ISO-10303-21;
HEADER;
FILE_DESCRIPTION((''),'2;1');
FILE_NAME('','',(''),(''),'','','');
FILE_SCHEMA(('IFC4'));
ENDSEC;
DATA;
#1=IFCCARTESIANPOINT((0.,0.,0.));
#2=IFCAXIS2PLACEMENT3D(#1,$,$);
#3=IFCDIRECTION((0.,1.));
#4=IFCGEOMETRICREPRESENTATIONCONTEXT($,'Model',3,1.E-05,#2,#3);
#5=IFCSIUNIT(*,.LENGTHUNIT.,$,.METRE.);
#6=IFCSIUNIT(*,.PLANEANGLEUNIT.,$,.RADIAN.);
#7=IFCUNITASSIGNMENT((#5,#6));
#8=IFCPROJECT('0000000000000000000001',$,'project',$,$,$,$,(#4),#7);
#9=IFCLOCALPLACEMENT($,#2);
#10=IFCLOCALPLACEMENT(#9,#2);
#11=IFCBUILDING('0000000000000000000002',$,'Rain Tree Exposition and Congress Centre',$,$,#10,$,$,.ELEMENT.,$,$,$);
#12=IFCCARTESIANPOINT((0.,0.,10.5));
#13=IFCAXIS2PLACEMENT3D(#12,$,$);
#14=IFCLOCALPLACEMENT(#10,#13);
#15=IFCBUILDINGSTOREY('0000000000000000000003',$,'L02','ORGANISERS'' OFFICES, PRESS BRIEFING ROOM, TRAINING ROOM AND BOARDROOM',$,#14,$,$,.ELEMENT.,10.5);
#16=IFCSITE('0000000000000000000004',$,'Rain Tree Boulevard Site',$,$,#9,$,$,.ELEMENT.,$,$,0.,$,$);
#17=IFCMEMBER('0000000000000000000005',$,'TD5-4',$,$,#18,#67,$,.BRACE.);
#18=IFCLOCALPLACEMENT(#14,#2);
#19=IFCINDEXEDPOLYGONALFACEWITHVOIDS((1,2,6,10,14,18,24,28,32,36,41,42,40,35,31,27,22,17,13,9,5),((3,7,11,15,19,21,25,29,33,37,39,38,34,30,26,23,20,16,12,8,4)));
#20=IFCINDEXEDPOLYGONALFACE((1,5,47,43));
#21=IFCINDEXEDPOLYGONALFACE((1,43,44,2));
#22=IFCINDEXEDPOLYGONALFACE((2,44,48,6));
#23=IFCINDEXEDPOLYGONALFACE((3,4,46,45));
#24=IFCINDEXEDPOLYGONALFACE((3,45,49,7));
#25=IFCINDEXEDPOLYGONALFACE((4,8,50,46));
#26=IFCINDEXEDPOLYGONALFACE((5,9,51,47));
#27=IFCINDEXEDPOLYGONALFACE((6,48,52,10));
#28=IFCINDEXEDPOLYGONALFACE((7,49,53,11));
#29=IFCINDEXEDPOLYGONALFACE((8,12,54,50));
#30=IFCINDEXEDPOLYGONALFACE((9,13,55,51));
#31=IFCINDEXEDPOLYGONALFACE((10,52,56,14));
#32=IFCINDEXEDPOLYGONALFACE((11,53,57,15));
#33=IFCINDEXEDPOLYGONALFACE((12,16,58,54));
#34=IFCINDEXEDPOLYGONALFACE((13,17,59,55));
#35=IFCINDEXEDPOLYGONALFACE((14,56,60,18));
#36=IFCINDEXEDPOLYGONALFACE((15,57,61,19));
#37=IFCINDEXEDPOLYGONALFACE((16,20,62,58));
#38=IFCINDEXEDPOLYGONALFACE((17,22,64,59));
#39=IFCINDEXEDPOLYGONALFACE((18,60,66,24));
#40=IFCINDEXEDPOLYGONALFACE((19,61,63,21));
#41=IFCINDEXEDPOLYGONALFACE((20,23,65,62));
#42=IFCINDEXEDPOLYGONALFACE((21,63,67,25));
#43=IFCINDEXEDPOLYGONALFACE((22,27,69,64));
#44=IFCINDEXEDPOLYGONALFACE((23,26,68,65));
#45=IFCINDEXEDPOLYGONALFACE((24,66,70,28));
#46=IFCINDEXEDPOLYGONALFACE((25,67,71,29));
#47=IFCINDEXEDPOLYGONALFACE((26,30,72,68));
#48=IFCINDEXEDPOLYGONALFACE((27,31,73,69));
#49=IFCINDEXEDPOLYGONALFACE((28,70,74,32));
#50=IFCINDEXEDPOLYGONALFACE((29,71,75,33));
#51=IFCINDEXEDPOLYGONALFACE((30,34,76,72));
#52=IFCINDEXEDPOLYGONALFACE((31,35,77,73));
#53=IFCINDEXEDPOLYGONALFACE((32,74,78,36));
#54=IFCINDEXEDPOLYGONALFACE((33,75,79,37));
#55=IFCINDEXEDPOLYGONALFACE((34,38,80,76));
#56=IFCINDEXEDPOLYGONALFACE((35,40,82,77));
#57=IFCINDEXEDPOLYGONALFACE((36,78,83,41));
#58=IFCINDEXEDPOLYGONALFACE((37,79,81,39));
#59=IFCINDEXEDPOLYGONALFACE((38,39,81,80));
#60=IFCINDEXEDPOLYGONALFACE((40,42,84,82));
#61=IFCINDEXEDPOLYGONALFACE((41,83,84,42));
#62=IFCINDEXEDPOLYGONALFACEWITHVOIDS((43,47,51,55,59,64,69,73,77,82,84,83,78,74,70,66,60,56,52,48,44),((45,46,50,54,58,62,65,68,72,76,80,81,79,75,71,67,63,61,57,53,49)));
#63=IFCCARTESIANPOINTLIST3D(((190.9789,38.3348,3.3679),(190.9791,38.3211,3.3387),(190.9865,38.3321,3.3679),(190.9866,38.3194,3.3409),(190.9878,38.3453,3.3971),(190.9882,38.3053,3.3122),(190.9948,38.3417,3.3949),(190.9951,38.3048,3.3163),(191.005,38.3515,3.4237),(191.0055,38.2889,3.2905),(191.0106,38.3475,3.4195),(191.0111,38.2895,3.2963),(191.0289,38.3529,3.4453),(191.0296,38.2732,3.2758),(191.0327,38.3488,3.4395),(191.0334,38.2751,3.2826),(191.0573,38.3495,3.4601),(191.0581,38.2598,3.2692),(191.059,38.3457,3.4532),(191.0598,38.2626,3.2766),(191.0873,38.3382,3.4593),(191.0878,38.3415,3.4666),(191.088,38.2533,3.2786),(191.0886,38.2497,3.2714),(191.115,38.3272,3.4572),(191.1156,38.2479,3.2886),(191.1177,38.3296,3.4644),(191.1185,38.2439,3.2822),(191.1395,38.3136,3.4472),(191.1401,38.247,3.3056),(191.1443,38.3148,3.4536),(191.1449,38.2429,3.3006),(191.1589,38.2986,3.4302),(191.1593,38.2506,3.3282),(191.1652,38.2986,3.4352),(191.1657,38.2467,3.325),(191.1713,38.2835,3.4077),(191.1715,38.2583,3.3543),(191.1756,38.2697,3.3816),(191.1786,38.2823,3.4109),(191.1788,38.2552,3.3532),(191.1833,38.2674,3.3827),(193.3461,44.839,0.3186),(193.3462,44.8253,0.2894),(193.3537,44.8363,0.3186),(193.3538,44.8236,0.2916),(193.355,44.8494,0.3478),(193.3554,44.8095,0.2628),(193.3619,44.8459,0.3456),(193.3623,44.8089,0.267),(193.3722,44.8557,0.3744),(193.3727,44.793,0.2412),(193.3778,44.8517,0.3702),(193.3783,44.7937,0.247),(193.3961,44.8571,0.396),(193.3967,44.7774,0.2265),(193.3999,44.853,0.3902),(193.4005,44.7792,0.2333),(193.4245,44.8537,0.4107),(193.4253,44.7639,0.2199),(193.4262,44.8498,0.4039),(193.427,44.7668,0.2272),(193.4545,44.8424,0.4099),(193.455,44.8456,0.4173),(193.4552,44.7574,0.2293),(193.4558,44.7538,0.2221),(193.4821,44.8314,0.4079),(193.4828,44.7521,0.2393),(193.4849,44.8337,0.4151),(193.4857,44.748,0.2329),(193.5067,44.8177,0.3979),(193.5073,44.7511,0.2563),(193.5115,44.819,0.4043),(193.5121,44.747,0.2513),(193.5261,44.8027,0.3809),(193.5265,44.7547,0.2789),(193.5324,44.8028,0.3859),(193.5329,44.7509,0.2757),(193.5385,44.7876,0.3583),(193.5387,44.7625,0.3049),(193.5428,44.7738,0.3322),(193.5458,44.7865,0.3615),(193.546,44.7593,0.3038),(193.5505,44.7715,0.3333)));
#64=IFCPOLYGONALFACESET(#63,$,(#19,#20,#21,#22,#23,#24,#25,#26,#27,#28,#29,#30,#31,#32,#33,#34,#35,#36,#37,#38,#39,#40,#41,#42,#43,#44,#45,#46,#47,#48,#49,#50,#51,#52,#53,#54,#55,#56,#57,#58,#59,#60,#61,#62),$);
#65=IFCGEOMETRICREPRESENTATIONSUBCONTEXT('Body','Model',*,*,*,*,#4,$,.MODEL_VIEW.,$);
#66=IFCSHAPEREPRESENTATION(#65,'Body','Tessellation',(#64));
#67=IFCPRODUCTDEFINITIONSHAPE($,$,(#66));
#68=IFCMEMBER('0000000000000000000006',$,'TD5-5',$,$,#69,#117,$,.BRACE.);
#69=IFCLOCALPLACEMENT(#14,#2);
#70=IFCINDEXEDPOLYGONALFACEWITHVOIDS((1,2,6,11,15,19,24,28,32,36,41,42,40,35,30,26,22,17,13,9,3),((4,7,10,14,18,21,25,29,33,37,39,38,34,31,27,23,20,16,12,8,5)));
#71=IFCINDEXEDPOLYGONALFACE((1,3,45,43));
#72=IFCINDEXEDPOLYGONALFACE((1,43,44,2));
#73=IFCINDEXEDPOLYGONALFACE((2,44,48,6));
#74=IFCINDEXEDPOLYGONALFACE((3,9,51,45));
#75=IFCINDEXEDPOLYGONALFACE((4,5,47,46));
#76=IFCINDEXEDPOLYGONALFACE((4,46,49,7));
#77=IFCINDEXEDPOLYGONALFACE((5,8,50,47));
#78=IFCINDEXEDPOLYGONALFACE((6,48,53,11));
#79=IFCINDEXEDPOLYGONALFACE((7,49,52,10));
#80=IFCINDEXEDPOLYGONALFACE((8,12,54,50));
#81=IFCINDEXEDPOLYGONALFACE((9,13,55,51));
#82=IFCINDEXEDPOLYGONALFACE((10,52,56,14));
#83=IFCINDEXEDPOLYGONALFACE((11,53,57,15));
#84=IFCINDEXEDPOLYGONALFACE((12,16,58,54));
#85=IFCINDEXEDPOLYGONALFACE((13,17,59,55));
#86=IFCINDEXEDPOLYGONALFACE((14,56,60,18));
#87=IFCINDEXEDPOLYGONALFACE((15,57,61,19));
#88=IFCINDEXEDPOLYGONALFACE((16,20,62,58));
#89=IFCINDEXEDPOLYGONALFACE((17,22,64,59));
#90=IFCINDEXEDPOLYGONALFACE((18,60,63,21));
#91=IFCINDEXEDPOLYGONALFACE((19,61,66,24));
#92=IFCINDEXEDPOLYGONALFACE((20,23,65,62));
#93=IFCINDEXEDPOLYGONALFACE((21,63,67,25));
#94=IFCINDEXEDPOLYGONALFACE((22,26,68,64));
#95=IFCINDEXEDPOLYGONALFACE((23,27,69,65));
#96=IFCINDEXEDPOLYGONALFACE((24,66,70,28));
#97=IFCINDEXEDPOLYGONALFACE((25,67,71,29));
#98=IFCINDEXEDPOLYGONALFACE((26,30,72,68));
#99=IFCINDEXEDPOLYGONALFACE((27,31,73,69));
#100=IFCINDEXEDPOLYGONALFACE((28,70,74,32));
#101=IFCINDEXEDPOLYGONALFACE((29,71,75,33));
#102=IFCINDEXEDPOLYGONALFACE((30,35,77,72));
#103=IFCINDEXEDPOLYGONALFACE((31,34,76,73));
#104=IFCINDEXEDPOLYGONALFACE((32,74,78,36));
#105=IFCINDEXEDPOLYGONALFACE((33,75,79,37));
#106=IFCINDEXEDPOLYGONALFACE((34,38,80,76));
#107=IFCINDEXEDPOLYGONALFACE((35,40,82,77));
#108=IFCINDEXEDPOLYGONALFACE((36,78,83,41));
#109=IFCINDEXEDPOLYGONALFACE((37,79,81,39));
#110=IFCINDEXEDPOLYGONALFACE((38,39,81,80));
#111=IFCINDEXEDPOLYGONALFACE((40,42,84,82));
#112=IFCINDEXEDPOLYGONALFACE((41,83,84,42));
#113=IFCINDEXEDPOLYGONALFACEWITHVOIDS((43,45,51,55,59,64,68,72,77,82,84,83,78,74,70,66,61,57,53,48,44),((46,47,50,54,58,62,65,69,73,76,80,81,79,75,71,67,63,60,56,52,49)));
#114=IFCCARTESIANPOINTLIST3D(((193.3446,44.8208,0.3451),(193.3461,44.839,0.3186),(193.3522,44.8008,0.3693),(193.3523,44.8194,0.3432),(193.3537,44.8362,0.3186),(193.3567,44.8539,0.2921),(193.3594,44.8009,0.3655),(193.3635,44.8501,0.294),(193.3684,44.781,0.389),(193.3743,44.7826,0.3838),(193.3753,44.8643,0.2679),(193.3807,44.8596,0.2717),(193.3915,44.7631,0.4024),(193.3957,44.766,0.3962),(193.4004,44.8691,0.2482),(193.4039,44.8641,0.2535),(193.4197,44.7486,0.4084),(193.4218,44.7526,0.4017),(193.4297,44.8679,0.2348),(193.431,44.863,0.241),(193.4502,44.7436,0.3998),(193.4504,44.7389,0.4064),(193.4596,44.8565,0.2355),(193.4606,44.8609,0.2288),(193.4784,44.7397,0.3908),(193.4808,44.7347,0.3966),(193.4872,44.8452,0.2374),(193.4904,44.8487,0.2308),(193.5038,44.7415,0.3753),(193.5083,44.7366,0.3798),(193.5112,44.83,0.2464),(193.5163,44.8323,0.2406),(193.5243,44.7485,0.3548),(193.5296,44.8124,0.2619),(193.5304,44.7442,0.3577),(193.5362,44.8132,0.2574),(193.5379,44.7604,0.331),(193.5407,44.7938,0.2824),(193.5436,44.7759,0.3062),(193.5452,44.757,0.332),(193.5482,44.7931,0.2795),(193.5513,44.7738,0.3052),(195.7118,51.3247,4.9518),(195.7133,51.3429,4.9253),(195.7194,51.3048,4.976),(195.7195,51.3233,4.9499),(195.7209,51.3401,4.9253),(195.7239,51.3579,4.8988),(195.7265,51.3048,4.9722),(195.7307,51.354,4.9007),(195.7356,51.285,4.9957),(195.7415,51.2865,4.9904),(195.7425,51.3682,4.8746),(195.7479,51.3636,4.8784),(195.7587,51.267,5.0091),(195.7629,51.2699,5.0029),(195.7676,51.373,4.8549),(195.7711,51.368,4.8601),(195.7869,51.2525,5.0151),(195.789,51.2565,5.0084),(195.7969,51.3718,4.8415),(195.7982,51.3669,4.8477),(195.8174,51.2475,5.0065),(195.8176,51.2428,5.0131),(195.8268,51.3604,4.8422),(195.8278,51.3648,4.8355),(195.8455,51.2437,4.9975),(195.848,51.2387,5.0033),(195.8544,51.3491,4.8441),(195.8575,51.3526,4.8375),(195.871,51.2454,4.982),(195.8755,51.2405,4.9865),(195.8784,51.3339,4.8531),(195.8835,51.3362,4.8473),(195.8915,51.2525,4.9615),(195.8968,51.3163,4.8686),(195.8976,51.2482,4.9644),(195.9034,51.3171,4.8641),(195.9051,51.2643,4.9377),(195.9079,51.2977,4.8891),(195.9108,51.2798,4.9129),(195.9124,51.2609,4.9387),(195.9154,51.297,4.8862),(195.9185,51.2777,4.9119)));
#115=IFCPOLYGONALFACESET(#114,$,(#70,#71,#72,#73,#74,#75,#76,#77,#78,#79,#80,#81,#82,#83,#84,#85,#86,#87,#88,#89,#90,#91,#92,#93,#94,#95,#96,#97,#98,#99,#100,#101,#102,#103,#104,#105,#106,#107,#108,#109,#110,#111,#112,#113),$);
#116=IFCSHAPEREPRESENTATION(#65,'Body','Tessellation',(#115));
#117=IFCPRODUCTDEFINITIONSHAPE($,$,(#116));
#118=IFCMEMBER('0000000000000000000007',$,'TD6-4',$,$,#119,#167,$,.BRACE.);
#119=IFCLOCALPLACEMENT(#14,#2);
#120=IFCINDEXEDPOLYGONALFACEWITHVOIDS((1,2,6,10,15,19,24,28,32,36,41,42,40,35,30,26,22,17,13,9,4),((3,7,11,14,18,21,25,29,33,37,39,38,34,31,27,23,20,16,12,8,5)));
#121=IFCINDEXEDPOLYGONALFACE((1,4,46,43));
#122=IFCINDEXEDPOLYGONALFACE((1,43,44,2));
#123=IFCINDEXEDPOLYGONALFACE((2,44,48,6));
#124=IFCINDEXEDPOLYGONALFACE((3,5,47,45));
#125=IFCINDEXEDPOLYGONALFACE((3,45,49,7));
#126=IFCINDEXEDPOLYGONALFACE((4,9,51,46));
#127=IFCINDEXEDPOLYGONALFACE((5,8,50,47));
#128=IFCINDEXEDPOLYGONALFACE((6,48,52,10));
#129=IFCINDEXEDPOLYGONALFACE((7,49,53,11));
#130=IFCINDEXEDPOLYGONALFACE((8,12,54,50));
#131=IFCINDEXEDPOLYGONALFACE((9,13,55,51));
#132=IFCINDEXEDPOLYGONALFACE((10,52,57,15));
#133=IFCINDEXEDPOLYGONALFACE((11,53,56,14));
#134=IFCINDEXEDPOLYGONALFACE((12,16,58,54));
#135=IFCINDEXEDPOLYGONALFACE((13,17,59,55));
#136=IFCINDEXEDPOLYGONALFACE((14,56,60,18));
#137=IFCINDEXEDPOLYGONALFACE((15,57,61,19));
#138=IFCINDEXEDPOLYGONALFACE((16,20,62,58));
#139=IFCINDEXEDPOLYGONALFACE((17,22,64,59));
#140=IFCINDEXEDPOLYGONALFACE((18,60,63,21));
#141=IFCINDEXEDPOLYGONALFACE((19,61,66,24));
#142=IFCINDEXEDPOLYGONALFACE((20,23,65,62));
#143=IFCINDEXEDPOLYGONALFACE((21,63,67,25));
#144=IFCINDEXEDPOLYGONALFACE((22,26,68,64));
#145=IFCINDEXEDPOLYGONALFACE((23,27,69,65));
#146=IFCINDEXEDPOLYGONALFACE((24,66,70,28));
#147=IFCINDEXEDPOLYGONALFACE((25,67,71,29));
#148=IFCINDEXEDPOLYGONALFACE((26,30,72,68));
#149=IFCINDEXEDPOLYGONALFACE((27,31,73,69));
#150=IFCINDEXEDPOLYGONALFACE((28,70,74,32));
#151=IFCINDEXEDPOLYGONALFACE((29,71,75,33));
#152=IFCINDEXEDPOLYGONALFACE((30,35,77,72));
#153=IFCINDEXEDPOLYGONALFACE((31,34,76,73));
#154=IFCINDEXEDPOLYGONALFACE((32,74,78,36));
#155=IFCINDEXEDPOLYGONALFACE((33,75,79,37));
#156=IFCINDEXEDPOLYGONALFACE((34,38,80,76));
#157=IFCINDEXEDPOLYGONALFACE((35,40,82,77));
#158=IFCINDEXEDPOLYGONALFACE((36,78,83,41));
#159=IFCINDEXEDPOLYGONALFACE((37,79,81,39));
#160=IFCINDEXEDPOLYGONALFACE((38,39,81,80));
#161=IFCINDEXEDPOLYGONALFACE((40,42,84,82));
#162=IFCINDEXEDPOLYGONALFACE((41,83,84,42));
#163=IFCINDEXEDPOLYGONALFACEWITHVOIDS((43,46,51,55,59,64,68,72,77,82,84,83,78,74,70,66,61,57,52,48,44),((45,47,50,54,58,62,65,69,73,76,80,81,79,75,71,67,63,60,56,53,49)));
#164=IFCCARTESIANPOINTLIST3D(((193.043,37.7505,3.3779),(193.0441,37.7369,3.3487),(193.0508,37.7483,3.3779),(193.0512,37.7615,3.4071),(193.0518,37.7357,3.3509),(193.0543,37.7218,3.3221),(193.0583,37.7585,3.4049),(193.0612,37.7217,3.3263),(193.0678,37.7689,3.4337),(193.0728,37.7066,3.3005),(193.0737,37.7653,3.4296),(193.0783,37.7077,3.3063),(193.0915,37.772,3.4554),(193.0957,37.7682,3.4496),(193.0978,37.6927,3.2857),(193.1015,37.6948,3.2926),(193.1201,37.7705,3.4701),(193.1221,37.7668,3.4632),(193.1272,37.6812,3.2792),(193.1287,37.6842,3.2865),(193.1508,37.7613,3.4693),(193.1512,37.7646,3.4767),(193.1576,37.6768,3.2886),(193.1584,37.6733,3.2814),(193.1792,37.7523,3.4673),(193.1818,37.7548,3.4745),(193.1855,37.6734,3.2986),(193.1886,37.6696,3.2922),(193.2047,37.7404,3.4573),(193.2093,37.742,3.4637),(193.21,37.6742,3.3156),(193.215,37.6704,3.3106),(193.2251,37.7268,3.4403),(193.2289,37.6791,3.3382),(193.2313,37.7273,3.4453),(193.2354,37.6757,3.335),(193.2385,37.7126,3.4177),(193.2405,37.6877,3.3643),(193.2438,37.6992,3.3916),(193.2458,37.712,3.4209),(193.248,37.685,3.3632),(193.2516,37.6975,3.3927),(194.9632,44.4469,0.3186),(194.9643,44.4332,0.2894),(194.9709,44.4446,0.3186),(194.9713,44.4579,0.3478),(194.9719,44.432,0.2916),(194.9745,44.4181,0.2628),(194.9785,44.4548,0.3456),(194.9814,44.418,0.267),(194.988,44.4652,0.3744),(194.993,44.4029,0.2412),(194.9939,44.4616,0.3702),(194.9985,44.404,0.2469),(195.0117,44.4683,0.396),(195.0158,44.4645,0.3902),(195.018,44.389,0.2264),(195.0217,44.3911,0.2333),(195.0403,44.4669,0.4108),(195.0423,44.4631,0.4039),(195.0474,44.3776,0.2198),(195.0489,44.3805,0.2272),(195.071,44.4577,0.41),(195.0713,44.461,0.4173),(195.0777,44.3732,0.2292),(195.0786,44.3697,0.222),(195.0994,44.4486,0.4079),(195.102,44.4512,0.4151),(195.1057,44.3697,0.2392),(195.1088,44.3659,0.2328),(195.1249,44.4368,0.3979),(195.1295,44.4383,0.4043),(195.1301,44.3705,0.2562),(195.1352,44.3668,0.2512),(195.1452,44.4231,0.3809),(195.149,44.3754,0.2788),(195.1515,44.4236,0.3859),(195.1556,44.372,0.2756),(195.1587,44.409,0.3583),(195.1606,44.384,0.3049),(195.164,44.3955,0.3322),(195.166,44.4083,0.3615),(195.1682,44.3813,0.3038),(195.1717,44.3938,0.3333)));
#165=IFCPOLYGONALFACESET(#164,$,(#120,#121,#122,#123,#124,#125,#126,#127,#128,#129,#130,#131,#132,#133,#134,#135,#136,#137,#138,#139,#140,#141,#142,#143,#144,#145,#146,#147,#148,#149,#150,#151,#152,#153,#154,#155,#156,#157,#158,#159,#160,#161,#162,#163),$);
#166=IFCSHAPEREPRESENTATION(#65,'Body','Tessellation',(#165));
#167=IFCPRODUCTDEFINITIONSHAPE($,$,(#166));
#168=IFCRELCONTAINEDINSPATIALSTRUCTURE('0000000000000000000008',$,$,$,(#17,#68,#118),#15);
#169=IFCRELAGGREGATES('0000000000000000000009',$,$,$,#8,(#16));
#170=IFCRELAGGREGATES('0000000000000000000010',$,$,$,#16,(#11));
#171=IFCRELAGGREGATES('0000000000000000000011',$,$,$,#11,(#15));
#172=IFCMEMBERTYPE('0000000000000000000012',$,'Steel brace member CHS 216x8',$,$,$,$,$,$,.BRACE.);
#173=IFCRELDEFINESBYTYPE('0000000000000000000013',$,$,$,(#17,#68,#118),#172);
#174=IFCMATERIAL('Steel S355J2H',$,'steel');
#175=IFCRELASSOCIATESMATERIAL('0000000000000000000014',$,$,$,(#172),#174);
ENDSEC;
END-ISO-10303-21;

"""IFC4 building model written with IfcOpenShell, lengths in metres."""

from ifc_helpers import new_model, si_unit, direction, frame, origin, origin_2d, place, context, subcontext, project, spatial, hollow_circle, extrude, material, material_profile, profile_set, type_object, element, save


model = new_model("IFC4")

# Units and contexts
model_context = context("Model", 3, precision=1e-05, world=origin(), true_north=direction((0.0, 1.0)))
body_context = subcontext(model_context, "Body", "Model", "MODEL_VIEW")
ifc_project = project(units=[si_unit("LENGTHUNIT", "METRE"), si_unit("PLANEANGLEUNIT", "RADIAN")], contexts=[model_context])

# Site, building, storey
site_placement = place(None, origin())
site = spatial("IfcSite", under=ifc_project, at=site_placement, Name="Rain Tree Boulevard Site", CompositionType="ELEMENT", RefElevation=0.0)
building_placement = place(site_placement, origin())
building = spatial("IfcBuilding", under=site, at=building_placement, Name="Rain Tree Exposition and Congress Centre", CompositionType="ELEMENT")
storey_placement = place(building_placement, frame((0.0, 0.0, 10.5)))
storey = spatial("IfcBuildingStorey", under=building, at=storey_placement, Name="L02", Description="ORGANISERS' OFFICES, PRESS BRIEFING ROOM, TRAINING ROOM AND BOARDROOM", CompositionType="ELEMENT", Elevation=10.5)

# Members
ifc_material_1 = material(Name="Steel S355J2H", Category="steel")
ifc_material_profile_1 = material_profile(ifc_material_1, hollow_circle(Radius=0.1082, WallThickness=0.0081, at=origin_2d()), Name="CHS 216x8")
ifc_profile_set_1 = profile_set([ifc_material_profile_1], Name="Steel S355J2H")
member_type_1 = type_object("IfcMemberType", Name="Steel brace member CHS 216x8", PredefinedType="BRACE", material=ifc_profile_set_1)
member_1_placement = place(storey_placement, frame((191.0806, 38.2979, 3.3679), z_axis=(0.312977, 0.859944, -0.403164), x_axis=(-0.939699, 0.342004, 0.0)))
element("IfcMember", 1, at=member_1_placement, inside=storey, type_object=member_type_1, Name="TD5-4", PredefinedType="BRACE", context=body_context, shape_type="SweptSolid", body=[
    extrude(hollow_circle(Radius=0.1082, WallThickness=0.0081, at=origin_2d()), origin(), (0.0, 0.0, 1.0), 7.5635),
])
member_2_placement = place(storey_placement, frame((193.4478, 44.802, 0.3186), z_axis=(0.284716, 0.782265, 0.554075), x_axis=(-0.939695, 0.342015, 0.0)))
element("IfcMember", 2, at=member_2_placement, inside=storey, type_object=member_type_1, Name="TD5-5", PredefinedType="BRACE", context=body_context, shape_type="SweptSolid", body=[
    extrude(hollow_circle(Radius=0.1082, WallThickness=0.0081, at=origin_2d()), origin(), (0.0, 0.0, 1.0), 8.3142),
])
member_3_placement = place(storey_placement, frame((193.147, 37.7207, 3.3779), z_axis=(0.252377, 0.880125, -0.402102), x_axis=(-0.96126, 0.275642, 0.0)))
element("IfcMember", 3, at=member_3_placement, inside=storey, type_object=member_type_1, Name="TD6-4", PredefinedType="BRACE", context=body_context, shape_type="SweptSolid", body=[
    extrude(hollow_circle(Radius=0.1082, WallThickness=0.0081, at=origin_2d()), origin(), (0.0, 0.0, 1.0), 7.6084),
])

save(model, "model.ifc")
